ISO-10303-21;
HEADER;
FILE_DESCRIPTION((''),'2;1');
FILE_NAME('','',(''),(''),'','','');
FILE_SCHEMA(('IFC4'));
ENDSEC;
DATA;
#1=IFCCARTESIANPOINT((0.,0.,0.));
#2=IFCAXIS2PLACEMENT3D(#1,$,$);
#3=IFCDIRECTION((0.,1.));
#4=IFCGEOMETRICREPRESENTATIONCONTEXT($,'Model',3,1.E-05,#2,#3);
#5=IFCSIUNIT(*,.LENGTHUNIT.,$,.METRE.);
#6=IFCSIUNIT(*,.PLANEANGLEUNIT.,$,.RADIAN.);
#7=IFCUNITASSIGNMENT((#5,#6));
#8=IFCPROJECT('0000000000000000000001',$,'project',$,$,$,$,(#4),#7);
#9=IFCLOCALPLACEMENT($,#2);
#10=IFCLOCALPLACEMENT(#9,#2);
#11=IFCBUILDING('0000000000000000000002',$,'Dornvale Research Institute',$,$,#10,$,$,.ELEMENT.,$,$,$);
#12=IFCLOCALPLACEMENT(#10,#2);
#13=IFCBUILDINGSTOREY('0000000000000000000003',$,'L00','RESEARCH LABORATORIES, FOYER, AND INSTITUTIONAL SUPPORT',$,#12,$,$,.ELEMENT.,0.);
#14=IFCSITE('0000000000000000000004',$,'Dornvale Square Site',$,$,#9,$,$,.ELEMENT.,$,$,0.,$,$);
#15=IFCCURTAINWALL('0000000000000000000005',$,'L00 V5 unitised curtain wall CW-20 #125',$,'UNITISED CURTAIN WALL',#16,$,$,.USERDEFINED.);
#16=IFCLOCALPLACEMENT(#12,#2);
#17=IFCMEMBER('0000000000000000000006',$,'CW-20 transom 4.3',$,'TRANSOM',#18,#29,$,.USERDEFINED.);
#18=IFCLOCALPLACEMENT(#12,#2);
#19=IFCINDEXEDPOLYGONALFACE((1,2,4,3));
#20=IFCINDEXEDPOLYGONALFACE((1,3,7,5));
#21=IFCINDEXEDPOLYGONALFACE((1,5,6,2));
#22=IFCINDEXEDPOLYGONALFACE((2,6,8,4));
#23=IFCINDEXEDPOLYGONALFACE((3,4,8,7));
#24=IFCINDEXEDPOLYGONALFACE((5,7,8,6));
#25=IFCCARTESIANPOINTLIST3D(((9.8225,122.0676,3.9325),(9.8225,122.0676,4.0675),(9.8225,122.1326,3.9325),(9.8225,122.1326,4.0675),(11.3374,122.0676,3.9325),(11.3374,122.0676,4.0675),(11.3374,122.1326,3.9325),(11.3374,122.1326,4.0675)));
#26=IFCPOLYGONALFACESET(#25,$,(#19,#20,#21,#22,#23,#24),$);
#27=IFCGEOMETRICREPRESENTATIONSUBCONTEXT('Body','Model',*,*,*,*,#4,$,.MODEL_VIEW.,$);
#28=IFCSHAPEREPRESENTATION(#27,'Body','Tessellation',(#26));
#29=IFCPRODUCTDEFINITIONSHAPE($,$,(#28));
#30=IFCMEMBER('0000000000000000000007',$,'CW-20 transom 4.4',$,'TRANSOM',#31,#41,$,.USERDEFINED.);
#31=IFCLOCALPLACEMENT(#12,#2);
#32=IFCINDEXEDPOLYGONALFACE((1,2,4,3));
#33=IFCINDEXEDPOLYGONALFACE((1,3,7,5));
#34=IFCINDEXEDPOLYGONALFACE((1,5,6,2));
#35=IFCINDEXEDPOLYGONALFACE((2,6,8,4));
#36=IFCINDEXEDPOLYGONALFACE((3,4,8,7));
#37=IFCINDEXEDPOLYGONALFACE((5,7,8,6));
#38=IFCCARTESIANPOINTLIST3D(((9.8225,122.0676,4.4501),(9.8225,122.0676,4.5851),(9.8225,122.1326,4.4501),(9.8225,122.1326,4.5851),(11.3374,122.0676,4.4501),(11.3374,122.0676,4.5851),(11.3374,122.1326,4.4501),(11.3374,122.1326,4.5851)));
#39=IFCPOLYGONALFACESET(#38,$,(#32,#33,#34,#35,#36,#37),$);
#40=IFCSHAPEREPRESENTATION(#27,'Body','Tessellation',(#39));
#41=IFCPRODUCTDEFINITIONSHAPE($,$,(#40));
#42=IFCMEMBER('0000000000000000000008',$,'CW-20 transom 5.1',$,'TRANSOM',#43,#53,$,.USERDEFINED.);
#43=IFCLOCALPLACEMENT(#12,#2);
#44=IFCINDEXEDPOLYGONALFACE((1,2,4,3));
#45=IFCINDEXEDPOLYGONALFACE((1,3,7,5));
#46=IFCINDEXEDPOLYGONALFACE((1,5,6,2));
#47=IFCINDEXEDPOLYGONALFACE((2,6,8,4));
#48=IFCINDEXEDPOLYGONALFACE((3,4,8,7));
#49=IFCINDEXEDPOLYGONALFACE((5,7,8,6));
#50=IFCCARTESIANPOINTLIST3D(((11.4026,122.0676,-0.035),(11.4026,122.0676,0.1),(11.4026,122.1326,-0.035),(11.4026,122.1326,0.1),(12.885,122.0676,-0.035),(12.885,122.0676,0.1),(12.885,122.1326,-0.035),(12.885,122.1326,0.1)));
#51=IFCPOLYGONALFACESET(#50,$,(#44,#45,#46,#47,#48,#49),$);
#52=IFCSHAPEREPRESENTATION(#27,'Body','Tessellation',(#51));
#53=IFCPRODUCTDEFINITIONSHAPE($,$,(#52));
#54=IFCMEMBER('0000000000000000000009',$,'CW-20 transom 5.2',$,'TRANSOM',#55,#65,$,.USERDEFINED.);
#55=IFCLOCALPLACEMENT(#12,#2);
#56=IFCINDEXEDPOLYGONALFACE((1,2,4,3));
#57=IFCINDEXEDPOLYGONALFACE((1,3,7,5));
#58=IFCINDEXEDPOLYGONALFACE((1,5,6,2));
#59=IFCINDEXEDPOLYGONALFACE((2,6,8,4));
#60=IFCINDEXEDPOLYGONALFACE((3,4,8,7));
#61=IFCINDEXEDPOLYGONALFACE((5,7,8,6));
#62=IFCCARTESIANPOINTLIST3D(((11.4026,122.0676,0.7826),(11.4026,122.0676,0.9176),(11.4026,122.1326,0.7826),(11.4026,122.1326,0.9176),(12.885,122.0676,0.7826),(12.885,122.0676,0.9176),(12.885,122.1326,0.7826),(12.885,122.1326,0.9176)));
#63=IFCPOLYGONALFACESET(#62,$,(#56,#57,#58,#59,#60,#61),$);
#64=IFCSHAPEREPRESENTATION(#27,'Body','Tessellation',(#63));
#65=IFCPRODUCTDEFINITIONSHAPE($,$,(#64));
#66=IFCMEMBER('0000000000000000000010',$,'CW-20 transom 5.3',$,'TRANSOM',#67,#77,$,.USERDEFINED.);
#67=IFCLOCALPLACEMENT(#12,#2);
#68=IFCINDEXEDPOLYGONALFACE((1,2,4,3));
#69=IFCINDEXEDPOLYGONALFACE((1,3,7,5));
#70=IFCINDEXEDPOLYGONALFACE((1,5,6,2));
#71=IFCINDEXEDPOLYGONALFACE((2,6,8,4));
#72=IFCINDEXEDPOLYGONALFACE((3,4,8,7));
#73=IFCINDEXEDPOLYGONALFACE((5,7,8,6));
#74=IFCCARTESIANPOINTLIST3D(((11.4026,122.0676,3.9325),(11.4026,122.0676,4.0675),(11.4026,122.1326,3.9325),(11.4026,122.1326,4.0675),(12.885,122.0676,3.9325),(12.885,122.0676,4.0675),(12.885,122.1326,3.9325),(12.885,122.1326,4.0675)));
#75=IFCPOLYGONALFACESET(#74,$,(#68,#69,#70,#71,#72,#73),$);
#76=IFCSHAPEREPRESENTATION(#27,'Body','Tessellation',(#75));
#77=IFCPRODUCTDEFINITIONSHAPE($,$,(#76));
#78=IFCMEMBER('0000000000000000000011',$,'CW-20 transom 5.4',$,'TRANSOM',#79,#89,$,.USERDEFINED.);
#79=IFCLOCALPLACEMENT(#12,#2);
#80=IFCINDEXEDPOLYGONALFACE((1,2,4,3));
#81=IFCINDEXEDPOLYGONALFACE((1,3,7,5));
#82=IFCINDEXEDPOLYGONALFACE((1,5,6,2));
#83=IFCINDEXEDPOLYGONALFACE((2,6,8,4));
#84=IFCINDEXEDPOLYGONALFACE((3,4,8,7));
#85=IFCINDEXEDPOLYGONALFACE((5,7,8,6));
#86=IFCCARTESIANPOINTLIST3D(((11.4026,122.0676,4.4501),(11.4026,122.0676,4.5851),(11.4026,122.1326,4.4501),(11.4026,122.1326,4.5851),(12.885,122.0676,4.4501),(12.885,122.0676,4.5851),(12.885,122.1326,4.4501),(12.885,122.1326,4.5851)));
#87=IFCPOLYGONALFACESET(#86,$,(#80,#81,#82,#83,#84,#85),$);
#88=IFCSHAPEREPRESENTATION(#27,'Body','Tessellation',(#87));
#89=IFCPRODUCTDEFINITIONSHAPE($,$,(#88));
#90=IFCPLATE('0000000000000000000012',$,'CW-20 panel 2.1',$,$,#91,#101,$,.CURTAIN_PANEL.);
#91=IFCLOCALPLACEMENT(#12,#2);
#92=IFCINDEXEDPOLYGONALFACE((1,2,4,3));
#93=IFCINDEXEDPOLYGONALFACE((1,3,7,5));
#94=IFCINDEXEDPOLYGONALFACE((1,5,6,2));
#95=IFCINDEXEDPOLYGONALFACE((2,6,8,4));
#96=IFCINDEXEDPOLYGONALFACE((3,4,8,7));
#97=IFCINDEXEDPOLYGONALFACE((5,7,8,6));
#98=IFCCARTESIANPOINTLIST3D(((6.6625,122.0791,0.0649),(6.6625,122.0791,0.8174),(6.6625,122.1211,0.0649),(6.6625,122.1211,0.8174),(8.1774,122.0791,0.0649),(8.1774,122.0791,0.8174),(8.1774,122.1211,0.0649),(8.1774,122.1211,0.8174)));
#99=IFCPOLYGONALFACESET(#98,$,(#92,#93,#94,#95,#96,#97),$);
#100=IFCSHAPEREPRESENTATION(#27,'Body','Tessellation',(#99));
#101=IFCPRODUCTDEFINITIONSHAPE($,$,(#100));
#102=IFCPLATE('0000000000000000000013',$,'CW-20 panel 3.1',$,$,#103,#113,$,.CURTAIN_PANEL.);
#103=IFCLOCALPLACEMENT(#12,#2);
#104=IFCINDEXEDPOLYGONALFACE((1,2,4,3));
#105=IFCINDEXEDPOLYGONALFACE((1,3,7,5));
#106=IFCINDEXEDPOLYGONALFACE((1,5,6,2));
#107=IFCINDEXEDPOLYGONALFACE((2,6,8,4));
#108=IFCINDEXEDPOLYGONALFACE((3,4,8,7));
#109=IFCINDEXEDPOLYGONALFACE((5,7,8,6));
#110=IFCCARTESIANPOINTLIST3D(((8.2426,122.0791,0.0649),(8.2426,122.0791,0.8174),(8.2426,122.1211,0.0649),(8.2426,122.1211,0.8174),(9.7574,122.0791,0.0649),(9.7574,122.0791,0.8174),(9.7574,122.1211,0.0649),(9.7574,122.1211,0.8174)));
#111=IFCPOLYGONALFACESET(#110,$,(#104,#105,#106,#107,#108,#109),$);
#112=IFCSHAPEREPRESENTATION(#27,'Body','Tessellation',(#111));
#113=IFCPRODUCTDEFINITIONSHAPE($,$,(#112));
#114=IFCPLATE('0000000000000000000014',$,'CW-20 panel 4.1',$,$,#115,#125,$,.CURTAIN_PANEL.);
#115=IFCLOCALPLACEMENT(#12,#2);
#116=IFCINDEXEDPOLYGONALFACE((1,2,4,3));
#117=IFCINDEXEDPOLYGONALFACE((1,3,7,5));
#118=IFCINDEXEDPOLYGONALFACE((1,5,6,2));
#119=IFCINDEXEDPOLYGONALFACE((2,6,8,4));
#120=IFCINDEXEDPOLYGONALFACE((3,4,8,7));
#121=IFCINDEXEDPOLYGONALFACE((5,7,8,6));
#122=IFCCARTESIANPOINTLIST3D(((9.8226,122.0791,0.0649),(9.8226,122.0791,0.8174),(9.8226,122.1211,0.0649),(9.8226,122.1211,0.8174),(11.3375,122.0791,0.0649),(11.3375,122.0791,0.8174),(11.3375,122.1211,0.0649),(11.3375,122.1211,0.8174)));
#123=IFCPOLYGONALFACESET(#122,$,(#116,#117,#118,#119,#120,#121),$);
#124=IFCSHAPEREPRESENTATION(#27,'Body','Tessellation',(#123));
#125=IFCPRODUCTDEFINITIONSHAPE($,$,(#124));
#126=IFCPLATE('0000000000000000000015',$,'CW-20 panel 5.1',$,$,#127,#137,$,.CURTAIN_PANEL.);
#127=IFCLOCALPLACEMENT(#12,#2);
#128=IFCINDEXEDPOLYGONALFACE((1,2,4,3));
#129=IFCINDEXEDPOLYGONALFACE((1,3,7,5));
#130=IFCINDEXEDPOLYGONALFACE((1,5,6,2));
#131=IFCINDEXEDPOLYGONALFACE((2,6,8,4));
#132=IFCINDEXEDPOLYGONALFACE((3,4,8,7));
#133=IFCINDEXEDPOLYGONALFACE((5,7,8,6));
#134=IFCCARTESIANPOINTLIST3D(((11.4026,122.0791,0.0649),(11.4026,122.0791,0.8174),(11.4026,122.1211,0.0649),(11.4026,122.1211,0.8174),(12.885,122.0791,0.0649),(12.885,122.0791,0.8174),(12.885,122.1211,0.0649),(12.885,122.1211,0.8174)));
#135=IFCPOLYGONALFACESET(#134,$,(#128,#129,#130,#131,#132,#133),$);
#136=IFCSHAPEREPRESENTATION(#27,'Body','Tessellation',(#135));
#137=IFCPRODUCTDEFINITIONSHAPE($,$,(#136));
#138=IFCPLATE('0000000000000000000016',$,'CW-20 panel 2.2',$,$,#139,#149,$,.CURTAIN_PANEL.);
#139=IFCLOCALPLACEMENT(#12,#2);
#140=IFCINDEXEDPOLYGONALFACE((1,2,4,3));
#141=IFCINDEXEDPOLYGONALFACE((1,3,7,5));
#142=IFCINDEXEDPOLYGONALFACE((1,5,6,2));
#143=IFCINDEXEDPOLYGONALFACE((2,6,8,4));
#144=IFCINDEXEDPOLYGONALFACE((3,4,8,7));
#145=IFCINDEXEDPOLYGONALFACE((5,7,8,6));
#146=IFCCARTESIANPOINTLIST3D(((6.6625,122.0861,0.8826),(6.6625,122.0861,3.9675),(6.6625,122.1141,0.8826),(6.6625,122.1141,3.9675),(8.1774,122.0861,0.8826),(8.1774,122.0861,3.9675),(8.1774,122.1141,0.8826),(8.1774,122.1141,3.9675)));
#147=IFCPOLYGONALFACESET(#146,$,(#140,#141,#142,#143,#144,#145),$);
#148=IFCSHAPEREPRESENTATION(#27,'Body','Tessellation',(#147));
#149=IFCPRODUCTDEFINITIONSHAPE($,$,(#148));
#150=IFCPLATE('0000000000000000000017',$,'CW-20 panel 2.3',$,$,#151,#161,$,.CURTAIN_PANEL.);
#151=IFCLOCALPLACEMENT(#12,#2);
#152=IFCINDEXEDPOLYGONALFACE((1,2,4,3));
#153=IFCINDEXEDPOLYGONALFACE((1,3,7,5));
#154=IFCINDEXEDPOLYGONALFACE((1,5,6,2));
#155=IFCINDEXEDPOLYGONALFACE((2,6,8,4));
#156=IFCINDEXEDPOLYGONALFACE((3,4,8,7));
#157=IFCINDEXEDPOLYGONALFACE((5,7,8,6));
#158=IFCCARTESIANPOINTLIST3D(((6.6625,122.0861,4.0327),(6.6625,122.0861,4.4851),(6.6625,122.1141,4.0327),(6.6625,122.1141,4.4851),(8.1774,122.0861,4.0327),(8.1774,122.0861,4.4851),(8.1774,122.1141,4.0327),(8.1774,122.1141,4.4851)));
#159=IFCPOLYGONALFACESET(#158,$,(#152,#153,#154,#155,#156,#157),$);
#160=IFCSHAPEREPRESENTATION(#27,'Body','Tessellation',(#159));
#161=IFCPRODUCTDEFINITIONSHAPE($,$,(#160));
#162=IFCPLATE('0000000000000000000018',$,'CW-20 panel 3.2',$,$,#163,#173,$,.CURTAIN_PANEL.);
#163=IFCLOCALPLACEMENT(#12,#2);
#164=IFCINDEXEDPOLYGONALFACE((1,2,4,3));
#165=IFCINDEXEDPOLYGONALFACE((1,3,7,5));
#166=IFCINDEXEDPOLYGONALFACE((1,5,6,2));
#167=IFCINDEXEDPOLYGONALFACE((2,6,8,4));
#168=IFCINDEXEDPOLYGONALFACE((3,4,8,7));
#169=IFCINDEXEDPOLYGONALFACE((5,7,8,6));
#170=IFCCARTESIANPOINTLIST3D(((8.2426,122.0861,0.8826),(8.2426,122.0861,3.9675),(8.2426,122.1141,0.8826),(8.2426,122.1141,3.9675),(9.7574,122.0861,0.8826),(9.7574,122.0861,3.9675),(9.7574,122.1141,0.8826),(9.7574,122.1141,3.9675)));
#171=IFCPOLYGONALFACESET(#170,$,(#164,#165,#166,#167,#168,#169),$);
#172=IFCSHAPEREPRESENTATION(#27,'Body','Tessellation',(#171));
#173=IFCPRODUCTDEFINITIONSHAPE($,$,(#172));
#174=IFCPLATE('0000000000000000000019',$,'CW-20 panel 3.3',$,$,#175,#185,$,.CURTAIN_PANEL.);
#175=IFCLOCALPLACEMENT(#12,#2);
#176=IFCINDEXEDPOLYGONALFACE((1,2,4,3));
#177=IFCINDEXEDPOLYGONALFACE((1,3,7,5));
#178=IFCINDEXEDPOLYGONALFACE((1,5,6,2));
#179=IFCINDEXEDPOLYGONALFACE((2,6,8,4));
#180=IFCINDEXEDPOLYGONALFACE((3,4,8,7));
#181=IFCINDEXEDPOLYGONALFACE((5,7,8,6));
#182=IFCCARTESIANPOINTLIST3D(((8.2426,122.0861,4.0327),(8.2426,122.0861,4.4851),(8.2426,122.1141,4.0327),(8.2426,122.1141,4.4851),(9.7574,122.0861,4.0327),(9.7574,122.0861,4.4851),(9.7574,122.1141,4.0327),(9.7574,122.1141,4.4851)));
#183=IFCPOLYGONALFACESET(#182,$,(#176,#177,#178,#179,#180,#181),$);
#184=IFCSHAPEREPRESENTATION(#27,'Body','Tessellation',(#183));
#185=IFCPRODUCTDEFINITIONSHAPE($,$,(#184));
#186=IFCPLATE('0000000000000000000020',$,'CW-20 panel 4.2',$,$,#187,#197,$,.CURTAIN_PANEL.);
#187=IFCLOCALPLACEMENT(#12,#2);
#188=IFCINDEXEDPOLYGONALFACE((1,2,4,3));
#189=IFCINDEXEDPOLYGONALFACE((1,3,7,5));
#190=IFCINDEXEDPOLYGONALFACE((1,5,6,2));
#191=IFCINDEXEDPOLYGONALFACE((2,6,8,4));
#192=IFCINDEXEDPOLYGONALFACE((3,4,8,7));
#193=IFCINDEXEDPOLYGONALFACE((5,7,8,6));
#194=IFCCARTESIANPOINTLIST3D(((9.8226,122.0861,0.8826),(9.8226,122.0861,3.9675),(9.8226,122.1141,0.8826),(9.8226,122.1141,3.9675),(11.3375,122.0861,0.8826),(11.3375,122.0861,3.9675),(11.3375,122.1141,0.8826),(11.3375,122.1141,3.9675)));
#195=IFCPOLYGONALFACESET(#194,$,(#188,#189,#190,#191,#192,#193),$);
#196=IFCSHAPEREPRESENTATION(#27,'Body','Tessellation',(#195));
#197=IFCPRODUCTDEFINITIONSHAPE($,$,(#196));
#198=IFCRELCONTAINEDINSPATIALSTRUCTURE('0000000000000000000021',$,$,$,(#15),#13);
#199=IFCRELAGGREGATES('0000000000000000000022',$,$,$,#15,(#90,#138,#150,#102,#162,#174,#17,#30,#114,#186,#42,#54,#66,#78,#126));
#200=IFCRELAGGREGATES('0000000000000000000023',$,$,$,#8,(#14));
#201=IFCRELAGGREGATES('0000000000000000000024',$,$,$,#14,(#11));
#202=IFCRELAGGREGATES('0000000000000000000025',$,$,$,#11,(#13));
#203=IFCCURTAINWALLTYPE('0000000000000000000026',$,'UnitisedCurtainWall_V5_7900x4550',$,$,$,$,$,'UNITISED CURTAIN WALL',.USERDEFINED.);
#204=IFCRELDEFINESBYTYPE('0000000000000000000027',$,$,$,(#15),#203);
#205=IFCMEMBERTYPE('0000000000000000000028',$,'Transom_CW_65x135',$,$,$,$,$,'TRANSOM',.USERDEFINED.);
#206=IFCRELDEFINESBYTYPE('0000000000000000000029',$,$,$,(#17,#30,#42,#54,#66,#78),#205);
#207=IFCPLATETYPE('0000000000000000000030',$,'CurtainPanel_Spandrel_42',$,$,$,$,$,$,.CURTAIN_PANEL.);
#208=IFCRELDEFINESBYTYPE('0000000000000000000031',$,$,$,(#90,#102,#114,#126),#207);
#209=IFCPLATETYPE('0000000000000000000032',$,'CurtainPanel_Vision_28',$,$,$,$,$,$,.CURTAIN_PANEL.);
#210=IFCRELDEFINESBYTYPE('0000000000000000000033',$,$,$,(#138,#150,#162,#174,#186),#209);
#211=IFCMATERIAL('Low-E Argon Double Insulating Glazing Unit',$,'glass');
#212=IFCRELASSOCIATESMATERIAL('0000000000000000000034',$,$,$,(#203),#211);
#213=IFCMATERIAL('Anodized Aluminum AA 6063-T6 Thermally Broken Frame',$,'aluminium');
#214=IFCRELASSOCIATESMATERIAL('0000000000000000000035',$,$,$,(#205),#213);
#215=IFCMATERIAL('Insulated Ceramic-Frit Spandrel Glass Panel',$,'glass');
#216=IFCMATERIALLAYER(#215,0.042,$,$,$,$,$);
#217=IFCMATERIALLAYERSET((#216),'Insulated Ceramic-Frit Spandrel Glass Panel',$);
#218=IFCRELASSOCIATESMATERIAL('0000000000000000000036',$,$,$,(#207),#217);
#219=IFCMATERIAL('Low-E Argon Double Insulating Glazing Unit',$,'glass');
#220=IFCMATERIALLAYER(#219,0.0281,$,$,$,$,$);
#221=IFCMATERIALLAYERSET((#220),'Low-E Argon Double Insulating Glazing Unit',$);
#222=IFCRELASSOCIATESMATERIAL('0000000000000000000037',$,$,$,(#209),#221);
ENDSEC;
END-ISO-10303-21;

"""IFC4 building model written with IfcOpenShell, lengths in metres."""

from ifc_helpers import new_model, si_unit, direction, frame, origin, origin_2d, place, context, subcontext, project, spatial, rectangle, extrude, material, layer, layer_set, material_profile, profile_set, type_object, element, aggregate, save


model = new_model("IFC4")

# Units and contexts
model_context = context("Model", 3, precision=1e-05, world=origin(), true_north=direction((0.0, 1.0)))
body_context = subcontext(model_context, "Body", "Model", "MODEL_VIEW")
ifc_project = project(units=[si_unit("LENGTHUNIT", "METRE"), si_unit("PLANEANGLEUNIT", "RADIAN")], contexts=[model_context])

# Site, building, storey
site_placement = place(None, origin())
site = spatial("IfcSite", under=ifc_project, at=site_placement, Name="Dornvale Square Site", CompositionType="ELEMENT", RefElevation=0.0)
building_placement = place(site_placement, origin())
building = spatial("IfcBuilding", under=site, at=building_placement, Name="Dornvale Research Institute", CompositionType="ELEMENT")
storey_placement = place(building_placement, origin())
storey = spatial("IfcBuildingStorey", under=building, at=storey_placement, Name="L00", Description="RESEARCH LABORATORIES, FOYER, AND INSTITUTIONAL SUPPORT", CompositionType="ELEMENT", Elevation=0.0)

# Curtain wall, members, plates
ifc_material_1 = material(Name="Low-E Argon Double Insulating Glazing Unit", Category="glass")
curtain_wall_type = type_object("IfcCurtainWallType", Name="UnitisedCurtainWall_V5_7900x4550", ElementType="UNITISED CURTAIN WALL", PredefinedType="USERDEFINED", material=ifc_material_1)
curtain_wall_placement = place(storey_placement, origin())
curtain_wall = element("IfcCurtainWall", 1, at=curtain_wall_placement, inside=storey, type_object=curtain_wall_type, Name="L00 V5 unitised curtain wall CW-20 #125", ObjectType="UNITISED CURTAIN WALL", PredefinedType="USERDEFINED")
ifc_material_2 = material(Name="Anodized Aluminum AA 6063-T6 Thermally Broken Frame", Category="aluminium")
ifc_material_profile_1 = material_profile(ifc_material_2, rectangle(XDim=0.0649, YDim=0.135, at=origin_2d()), Name="ALU TRANSOM 65x135")
ifc_profile_set_1 = profile_set([ifc_material_profile_1], Name="Anodized Aluminum AA 6063-T6 Thermally Broken Frame")
member_type_1 = type_object("IfcMemberType", Name="Transom_CW_65x135", ElementType="TRANSOM", PredefinedType="USERDEFINED", material=ifc_profile_set_1)
member_1_placement = place(storey_placement, frame((9.8225, 122.1001, 4.0), z_axis=(1.0, 0.0, 0.0), x_axis=(0.0, 1.0, 0.0)))
member_1 = element("IfcMember", 2, at=member_1_placement, type_object=member_type_1, Name="CW-20 transom 4.3", ObjectType="TRANSOM", PredefinedType="USERDEFINED", context=body_context, shape_type="SweptSolid", body=[
    extrude(rectangle(XDim=0.0649, YDim=0.135, at=origin_2d()), origin(), (0.0, 0.0, 1.0), 1.5149),
])
member_2_placement = place(storey_placement, frame((9.8225, 122.1001, 4.5176), z_axis=(1.0, 0.0, 0.0), x_axis=(0.0, 1.0, 0.0)))
member_2 = element("IfcMember", 3, at=member_2_placement, type_object=member_type_1, Name="CW-20 transom 4.4", ObjectType="TRANSOM", PredefinedType="USERDEFINED", context=body_context, shape_type="SweptSolid", body=[
    extrude(rectangle(XDim=0.0649, YDim=0.135, at=origin_2d()), origin(), (0.0, 0.0, 1.0), 1.5149),
])
member_3_placement = place(storey_placement, frame((11.4026, 122.1001, 0.0325), z_axis=(1.0, 0.0, 0.0), x_axis=(0.0, 1.0, 0.0)))
member_3 = element("IfcMember", 4, at=member_3_placement, type_object=member_type_1, Name="CW-20 transom 5.1", ObjectType="TRANSOM", PredefinedType="USERDEFINED", context=body_context, shape_type="SweptSolid", body=[
    extrude(rectangle(XDim=0.0649, YDim=0.135, at=origin_2d()), origin(), (0.0, 0.0, 1.0), 1.4824),
])
member_4_placement = place(storey_placement, frame((11.4026, 122.1001, 0.8501), z_axis=(1.0, 0.0, 0.0), x_axis=(0.0, 1.0, 0.0)))
member_4 = element("IfcMember", 5, at=member_4_placement, type_object=member_type_1, Name="CW-20 transom 5.2", ObjectType="TRANSOM", PredefinedType="USERDEFINED", context=body_context, shape_type="SweptSolid", body=[
    extrude(rectangle(XDim=0.0649, YDim=0.135, at=origin_2d()), origin(), (0.0, 0.0, 1.0), 1.4824),
])
member_5_placement = place(storey_placement, frame((11.4026, 122.1001, 4.0), z_axis=(1.0, 0.0, 0.0), x_axis=(0.0, 1.0, 0.0)))
member_5 = element("IfcMember", 6, at=member_5_placement, type_object=member_type_1, Name="CW-20 transom 5.3", ObjectType="TRANSOM", PredefinedType="USERDEFINED", context=body_context, shape_type="SweptSolid", body=[
    extrude(rectangle(XDim=0.0649, YDim=0.135, at=origin_2d()), origin(), (0.0, 0.0, 1.0), 1.4824),
])
member_6_placement = place(storey_placement, frame((11.4026, 122.1001, 4.5176), z_axis=(1.0, 0.0, 0.0), x_axis=(0.0, 1.0, 0.0)))
member_6 = element("IfcMember", 7, at=member_6_placement, type_object=member_type_1, Name="CW-20 transom 5.4", ObjectType="TRANSOM", PredefinedType="USERDEFINED", context=body_context, shape_type="SweptSolid", body=[
    extrude(rectangle(XDim=0.0649, YDim=0.135, at=origin_2d()), origin(), (0.0, 0.0, 1.0), 1.4824),
])
ifc_material_3 = material(Name="Insulated Ceramic-Frit Spandrel Glass Panel", Category="glass")
ifc_layer_1 = layer(ifc_material_3, 0.042)
ifc_layer_set_1 = layer_set([ifc_layer_1], Name="Insulated Ceramic-Frit Spandrel Glass Panel")
plate_type_1 = type_object("IfcPlateType", Name="CurtainPanel_Spandrel_42", PredefinedType="CURTAIN_PANEL", material=ifc_layer_set_1)
plate_1_placement = place(storey_placement, frame((7.4199, 122.1001, 0.0649), z_axis=(0.0, 0.0, 1.0), x_axis=(1.0, 0.0, 0.0)))
plate_1 = element("IfcPlate", 8, at=plate_1_placement, type_object=plate_type_1, Name="CW-20 panel 2.1", PredefinedType="CURTAIN_PANEL", context=body_context, shape_type="SweptSolid", body=[
    extrude(rectangle(XDim=1.5149, YDim=0.042, at=origin_2d()), origin(), (0.0, 0.0, 1.0), 0.7524),
])
plate_2_placement = place(storey_placement, frame((9.0, 122.1001, 0.0649), z_axis=(0.0, 0.0, 1.0), x_axis=(1.0, 0.0, 0.0)))
plate_2 = element("IfcPlate", 9, at=plate_2_placement, type_object=plate_type_1, Name="CW-20 panel 3.1", PredefinedType="CURTAIN_PANEL", context=body_context, shape_type="SweptSolid", body=[
    extrude(rectangle(XDim=1.5149, YDim=0.042, at=origin_2d()), origin(), (0.0, 0.0, 1.0), 0.7524),
])
plate_3_placement = place(storey_placement, frame((10.5801, 122.1001, 0.0649), z_axis=(0.0, 0.0, 1.0), x_axis=(1.0, 0.0, 0.0)))
plate_3 = element("IfcPlate", 10, at=plate_3_placement, type_object=plate_type_1, Name="CW-20 panel 4.1", PredefinedType="CURTAIN_PANEL", context=body_context, shape_type="SweptSolid", body=[
    extrude(rectangle(XDim=1.5149, YDim=0.042, at=origin_2d()), origin(), (0.0, 0.0, 1.0), 0.7524),
])
plate_4_placement = place(storey_placement, frame((12.1438, 122.1001, 0.0649), z_axis=(0.0, 0.0, 1.0), x_axis=(1.0, 0.0, 0.0)))
plate_4 = element("IfcPlate", 11, at=plate_4_placement, type_object=plate_type_1, Name="CW-20 panel 5.1", PredefinedType="CURTAIN_PANEL", context=body_context, shape_type="SweptSolid", body=[
    extrude(rectangle(XDim=1.4824, YDim=0.042, at=origin_2d()), origin(), (0.0, 0.0, 1.0), 0.7524),
])
ifc_material_4 = material(Name="Low-E Argon Double Insulating Glazing Unit", Category="glass")
ifc_layer_2 = layer(ifc_material_4, 0.0281)
ifc_layer_set_2 = layer_set([ifc_layer_2], Name="Low-E Argon Double Insulating Glazing Unit")
plate_type_2 = type_object("IfcPlateType", Name="CurtainPanel_Vision_28", PredefinedType="CURTAIN_PANEL", material=ifc_layer_set_2)
plate_5_placement = place(storey_placement, frame((7.4199, 122.1001, 0.8826), z_axis=(0.0, 0.0, 1.0), x_axis=(1.0, 0.0, 0.0)))
plate_5 = element("IfcPlate", 12, at=plate_5_placement, type_object=plate_type_2, Name="CW-20 panel 2.2", PredefinedType="CURTAIN_PANEL", context=body_context, shape_type="SweptSolid", body=[
    extrude(rectangle(XDim=1.5149, YDim=0.0281, at=origin_2d()), origin(), (0.0, 0.0, 1.0), 3.085),
])
plate_6_placement = place(storey_placement, frame((7.4199, 122.1001, 4.0327), z_axis=(0.0, 0.0, 1.0), x_axis=(1.0, 0.0, 0.0)))
plate_6 = element("IfcPlate", 13, at=plate_6_placement, type_object=plate_type_2, Name="CW-20 panel 2.3", PredefinedType="CURTAIN_PANEL", context=body_context, shape_type="SweptSolid", body=[
    extrude(rectangle(XDim=1.5149, YDim=0.0281, at=origin_2d()), origin(), (0.0, 0.0, 1.0), 0.4524),
])
plate_7_placement = place(storey_placement, frame((9.0, 122.1001, 0.8826), z_axis=(0.0, 0.0, 1.0), x_axis=(1.0, 0.0, 0.0)))
plate_7 = element("IfcPlate", 14, at=plate_7_placement, type_object=plate_type_2, Name="CW-20 panel 3.2", PredefinedType="CURTAIN_PANEL", context=body_context, shape_type="SweptSolid", body=[
    extrude(rectangle(XDim=1.5149, YDim=0.0281, at=origin_2d()), origin(), (0.0, 0.0, 1.0), 3.085),
])
plate_8_placement = place(storey_placement, frame((9.0, 122.1001, 4.0327), z_axis=(0.0, 0.0, 1.0), x_axis=(1.0, 0.0, 0.0)))
plate_8 = element("IfcPlate", 15, at=plate_8_placement, type_object=plate_type_2, Name="CW-20 panel 3.3", PredefinedType="CURTAIN_PANEL", context=body_context, shape_type="SweptSolid", body=[
    extrude(rectangle(XDim=1.5149, YDim=0.0281, at=origin_2d()), origin(), (0.0, 0.0, 1.0), 0.4524),
])
plate_9_placement = place(storey_placement, frame((10.5801, 122.1001, 0.8826), z_axis=(0.0, 0.0, 1.0), x_axis=(1.0, 0.0, 0.0)))
plate_9 = element("IfcPlate", 16, at=plate_9_placement, type_object=plate_type_2, Name="CW-20 panel 4.2", PredefinedType="CURTAIN_PANEL", context=body_context, shape_type="SweptSolid", body=[
    extrude(rectangle(XDim=1.5149, YDim=0.0281, at=origin_2d()), origin(), (0.0, 0.0, 1.0), 3.085),
])
aggregate(curtain_wall, [plate_1, plate_5, plate_6, plate_2, plate_7, plate_8, member_1, member_2, plate_3, plate_9, member_3, member_4, member_5, member_6, plate_4])

save(model, "model.ifc")
